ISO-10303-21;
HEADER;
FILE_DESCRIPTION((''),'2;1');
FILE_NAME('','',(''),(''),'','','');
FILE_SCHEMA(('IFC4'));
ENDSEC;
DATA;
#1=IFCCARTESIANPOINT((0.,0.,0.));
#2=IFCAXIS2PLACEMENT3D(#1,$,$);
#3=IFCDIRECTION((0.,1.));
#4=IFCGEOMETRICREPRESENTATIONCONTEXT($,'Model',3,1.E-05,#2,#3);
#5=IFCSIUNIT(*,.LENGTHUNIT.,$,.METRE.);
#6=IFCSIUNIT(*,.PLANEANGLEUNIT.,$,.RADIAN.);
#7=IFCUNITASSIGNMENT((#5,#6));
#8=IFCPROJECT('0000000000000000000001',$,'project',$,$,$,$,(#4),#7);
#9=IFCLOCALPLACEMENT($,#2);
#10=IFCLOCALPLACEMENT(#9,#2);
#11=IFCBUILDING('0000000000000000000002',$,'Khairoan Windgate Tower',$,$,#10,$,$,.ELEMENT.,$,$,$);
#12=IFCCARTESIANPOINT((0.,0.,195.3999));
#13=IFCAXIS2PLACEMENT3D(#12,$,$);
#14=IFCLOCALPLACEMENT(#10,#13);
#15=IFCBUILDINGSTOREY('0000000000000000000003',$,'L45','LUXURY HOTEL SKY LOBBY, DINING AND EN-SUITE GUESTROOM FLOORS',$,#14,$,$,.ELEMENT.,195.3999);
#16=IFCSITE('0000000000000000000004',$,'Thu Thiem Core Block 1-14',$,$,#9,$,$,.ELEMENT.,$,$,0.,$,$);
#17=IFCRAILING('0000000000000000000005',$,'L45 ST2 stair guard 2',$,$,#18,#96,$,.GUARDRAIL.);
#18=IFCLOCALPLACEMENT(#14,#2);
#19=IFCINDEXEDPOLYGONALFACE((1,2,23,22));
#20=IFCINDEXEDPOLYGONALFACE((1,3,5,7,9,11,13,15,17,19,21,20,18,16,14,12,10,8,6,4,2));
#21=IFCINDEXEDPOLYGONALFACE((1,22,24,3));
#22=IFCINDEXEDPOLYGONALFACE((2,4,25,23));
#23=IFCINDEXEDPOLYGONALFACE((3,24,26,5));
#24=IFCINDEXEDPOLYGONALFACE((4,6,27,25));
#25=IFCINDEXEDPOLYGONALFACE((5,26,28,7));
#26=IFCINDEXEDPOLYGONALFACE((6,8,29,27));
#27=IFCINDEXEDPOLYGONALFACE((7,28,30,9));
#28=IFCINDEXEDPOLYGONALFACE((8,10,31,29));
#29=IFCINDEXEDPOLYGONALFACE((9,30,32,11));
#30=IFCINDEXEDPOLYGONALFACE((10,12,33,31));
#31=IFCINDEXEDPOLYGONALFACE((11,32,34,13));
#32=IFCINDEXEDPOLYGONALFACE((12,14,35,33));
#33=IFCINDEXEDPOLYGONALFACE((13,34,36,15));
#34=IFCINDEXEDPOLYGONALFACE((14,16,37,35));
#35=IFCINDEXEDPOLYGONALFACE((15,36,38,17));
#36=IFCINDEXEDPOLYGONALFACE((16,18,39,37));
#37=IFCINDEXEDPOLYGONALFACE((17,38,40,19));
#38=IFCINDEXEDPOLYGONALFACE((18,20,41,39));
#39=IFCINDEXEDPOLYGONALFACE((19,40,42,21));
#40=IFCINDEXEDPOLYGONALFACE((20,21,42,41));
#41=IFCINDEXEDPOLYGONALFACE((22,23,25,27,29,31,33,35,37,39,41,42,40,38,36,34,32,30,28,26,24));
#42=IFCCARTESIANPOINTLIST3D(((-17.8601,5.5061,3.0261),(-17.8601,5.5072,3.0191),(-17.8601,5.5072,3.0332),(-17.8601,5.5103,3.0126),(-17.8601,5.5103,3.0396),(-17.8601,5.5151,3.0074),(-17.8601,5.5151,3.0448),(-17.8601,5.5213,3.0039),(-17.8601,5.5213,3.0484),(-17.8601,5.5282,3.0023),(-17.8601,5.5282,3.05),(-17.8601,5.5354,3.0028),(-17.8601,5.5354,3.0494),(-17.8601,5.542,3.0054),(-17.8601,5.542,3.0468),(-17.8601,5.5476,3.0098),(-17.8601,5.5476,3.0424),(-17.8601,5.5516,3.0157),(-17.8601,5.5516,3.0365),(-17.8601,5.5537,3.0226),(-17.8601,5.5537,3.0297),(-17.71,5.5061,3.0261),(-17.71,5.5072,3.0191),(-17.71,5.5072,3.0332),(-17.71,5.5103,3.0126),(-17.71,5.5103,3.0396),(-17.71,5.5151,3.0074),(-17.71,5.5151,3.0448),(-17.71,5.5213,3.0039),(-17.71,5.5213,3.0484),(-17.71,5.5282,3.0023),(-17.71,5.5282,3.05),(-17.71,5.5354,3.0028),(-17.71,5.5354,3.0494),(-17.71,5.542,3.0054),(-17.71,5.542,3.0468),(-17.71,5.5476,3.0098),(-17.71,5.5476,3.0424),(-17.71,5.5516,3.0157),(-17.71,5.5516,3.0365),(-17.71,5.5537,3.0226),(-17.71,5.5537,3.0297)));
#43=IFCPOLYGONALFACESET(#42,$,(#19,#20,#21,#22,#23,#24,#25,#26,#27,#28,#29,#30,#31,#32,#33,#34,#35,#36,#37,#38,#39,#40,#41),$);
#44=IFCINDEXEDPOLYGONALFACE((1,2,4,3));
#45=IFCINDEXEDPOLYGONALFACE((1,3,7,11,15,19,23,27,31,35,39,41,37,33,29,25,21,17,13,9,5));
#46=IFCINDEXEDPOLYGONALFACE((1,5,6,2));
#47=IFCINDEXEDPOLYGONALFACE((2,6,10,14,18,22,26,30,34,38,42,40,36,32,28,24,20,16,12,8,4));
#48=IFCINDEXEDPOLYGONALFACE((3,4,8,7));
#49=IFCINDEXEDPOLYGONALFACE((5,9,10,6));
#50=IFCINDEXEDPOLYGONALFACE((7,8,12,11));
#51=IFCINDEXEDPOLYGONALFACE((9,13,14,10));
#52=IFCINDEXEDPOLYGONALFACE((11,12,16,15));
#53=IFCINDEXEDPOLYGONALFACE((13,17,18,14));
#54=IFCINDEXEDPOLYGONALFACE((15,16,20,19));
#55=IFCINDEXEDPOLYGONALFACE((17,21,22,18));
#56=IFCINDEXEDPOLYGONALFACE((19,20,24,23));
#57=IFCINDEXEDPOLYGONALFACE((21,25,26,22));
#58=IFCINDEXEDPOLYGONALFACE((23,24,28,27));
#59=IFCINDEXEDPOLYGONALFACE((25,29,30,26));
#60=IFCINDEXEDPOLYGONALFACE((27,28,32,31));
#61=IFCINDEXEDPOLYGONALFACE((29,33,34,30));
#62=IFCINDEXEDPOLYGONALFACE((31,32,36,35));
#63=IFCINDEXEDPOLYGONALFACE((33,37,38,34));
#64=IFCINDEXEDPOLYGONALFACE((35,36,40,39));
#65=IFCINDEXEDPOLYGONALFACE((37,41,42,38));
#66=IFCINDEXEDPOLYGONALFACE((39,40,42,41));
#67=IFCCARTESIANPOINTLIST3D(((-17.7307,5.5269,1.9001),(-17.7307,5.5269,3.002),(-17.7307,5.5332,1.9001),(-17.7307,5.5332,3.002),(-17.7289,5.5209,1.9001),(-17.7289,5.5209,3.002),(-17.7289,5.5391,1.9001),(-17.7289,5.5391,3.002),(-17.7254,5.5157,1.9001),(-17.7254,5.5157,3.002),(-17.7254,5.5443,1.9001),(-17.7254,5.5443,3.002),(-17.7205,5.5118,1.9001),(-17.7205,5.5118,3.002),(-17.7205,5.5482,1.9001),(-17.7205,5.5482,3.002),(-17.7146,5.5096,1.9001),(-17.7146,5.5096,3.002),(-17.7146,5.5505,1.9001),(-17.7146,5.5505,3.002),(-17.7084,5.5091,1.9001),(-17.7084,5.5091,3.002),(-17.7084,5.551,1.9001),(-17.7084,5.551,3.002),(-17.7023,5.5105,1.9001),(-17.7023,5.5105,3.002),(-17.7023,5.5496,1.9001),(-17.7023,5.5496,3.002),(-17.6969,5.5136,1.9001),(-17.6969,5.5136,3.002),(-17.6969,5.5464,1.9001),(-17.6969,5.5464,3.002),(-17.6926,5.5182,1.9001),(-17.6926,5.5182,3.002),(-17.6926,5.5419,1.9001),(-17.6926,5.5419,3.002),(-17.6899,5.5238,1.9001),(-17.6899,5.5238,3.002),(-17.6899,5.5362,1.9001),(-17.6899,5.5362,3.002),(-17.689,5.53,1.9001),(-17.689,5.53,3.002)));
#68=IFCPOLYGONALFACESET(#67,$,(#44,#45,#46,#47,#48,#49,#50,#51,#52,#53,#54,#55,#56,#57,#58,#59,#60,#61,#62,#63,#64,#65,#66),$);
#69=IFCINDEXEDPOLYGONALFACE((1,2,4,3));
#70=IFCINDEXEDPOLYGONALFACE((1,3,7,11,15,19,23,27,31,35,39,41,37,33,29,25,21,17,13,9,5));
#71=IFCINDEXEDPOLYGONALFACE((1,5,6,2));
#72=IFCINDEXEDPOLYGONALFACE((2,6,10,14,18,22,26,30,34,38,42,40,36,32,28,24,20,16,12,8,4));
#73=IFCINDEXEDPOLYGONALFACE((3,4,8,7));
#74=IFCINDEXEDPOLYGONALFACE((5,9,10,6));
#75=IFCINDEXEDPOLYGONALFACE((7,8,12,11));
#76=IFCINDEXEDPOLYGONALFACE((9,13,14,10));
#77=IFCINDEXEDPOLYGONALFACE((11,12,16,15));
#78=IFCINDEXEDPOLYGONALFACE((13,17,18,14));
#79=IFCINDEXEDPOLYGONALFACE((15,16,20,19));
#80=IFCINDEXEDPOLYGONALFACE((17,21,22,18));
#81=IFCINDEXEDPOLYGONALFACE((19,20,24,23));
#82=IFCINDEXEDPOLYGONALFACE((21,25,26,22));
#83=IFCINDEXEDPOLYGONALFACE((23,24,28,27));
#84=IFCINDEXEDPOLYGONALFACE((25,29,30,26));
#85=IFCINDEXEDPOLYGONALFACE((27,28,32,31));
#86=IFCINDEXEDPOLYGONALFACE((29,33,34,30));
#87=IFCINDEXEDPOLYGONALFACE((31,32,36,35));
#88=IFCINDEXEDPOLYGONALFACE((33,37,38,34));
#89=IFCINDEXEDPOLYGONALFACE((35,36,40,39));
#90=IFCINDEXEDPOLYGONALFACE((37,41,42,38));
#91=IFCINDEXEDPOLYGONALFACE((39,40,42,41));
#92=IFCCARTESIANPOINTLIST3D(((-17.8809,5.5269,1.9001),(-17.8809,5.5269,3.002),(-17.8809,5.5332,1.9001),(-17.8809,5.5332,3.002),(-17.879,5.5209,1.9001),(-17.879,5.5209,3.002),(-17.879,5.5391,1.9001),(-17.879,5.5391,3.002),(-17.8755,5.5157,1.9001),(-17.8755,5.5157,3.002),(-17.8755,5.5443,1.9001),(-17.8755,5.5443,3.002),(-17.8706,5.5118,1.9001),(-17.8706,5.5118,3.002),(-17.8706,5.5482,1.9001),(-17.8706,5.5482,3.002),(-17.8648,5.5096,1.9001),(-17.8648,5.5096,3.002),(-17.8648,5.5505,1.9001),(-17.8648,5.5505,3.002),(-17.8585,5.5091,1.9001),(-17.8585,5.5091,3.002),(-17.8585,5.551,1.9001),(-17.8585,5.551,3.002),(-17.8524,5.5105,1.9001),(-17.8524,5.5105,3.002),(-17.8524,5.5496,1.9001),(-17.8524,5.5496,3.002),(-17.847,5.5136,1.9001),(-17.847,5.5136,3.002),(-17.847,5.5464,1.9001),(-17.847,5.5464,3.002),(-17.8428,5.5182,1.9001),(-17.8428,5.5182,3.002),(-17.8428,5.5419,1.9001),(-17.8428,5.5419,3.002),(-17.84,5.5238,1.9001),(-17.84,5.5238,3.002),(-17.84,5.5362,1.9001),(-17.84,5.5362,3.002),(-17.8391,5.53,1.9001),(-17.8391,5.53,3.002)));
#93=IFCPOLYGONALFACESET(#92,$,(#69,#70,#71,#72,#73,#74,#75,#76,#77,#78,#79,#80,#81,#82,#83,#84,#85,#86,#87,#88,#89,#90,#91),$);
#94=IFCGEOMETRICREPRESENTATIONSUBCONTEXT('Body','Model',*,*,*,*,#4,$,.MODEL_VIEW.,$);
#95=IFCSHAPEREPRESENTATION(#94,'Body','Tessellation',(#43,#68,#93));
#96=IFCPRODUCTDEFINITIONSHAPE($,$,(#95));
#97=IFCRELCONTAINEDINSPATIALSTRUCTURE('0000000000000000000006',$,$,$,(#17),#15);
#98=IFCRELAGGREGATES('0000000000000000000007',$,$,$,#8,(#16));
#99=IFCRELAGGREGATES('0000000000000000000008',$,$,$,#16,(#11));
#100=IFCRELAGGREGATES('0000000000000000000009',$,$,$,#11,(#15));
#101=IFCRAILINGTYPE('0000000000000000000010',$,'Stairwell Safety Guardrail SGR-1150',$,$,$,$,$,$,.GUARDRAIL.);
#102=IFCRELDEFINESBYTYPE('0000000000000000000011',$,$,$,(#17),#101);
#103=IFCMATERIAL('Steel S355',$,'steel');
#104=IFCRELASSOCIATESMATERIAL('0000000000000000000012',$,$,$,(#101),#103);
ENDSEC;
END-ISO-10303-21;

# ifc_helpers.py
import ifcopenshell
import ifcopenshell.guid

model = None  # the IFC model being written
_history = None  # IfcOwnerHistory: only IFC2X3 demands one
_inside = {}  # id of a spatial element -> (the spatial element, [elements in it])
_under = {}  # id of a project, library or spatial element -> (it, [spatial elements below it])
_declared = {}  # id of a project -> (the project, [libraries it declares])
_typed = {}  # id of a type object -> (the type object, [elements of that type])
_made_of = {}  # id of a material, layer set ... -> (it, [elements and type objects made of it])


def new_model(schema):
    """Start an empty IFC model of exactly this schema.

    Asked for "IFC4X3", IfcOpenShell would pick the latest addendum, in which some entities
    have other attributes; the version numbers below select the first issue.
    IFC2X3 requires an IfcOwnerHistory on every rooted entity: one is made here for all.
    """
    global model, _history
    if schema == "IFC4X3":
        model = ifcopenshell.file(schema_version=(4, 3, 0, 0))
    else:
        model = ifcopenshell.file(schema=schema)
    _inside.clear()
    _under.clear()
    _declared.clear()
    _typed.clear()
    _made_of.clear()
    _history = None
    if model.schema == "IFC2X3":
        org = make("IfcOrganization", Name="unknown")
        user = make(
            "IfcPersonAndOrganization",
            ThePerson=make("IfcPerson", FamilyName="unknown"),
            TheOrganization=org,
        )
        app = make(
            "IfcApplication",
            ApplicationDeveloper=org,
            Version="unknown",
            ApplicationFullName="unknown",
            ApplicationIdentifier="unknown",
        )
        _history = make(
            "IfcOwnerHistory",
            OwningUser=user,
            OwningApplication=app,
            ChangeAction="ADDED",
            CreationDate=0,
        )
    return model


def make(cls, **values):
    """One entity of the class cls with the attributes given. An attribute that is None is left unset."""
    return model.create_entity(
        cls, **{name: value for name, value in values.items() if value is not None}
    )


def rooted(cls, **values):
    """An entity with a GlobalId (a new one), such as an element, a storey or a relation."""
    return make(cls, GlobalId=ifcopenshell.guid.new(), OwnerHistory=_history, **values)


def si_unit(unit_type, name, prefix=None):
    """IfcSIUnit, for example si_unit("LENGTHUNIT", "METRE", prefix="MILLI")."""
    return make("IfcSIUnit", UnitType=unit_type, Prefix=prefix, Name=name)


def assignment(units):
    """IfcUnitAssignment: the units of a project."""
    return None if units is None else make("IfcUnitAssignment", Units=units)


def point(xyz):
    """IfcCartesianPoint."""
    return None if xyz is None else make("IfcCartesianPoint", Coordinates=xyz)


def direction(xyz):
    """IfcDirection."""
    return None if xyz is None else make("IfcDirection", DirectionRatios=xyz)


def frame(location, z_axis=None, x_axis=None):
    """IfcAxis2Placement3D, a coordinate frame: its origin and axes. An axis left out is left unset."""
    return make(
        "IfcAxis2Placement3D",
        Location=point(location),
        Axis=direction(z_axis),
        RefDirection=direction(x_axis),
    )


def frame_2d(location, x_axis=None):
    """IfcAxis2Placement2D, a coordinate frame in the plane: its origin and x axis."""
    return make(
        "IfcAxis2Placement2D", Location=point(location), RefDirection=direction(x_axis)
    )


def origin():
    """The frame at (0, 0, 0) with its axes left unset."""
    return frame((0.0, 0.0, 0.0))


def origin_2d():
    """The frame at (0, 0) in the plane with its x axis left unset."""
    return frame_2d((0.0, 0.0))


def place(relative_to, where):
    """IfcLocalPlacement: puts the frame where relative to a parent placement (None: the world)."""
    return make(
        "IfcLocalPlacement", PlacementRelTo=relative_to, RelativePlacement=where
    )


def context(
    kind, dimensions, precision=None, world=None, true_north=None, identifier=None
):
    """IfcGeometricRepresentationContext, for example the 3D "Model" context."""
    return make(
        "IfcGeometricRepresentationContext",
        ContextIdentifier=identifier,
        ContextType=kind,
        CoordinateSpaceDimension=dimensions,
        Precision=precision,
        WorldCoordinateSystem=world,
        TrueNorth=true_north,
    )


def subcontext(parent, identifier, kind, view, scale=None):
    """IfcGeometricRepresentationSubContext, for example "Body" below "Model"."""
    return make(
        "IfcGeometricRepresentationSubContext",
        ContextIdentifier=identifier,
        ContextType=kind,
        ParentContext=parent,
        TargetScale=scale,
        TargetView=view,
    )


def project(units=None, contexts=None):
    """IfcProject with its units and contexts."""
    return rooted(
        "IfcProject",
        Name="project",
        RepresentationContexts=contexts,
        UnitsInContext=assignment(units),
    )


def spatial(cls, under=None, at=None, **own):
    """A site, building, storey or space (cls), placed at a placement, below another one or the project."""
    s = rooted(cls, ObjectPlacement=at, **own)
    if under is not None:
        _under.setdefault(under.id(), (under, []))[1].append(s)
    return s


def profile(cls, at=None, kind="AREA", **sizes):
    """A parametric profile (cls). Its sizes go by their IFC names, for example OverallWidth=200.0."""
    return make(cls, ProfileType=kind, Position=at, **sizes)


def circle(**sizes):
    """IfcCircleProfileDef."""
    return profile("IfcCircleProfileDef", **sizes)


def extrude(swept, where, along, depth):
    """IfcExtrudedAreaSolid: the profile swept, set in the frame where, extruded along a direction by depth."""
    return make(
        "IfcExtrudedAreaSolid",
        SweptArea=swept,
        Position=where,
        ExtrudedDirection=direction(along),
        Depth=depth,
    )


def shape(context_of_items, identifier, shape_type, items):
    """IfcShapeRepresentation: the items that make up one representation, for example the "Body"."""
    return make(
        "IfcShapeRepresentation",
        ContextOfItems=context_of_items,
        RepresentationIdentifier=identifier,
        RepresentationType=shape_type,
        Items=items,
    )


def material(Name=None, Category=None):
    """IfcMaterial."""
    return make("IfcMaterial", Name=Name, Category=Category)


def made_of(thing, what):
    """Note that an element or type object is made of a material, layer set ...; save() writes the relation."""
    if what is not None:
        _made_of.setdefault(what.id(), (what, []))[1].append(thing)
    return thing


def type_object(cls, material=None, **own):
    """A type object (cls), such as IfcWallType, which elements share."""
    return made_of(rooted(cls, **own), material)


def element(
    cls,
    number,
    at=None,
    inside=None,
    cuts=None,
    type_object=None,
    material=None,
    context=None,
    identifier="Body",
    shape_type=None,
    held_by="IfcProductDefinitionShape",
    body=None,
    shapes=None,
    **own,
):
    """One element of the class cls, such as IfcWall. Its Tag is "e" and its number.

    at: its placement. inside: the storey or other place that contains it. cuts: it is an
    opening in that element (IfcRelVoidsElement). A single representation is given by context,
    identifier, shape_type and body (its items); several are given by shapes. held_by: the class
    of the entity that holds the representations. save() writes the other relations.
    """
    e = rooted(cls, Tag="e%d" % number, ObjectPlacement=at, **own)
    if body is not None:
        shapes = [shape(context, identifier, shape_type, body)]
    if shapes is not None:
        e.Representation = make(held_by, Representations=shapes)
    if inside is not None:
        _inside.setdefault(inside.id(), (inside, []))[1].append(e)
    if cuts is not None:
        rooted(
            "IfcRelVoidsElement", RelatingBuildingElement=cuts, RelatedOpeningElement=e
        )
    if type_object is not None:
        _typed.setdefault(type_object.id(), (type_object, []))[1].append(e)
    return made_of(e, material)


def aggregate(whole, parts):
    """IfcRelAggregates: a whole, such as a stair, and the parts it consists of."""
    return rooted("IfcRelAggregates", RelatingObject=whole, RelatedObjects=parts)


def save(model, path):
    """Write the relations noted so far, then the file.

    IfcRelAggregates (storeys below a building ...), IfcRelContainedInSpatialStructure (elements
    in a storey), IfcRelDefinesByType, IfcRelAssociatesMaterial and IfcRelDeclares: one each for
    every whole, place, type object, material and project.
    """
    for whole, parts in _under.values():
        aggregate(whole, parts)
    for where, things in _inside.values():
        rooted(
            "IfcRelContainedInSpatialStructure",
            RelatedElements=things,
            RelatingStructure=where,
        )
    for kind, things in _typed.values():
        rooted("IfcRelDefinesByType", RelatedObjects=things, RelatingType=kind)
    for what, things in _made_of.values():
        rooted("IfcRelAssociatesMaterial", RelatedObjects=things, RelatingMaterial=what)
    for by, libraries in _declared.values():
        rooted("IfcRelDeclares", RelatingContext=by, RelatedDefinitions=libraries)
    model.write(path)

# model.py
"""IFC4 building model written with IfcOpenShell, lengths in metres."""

from ifc_helpers import new_model, si_unit, direction, frame, origin, origin_2d, place, context, subcontext, project, spatial, circle, extrude, material, type_object, element, save


model = new_model("IFC4")

# Units and contexts
model_context = context("Model", 3, precision=1e-05, world=origin(), true_north=direction((0.0, 1.0)))
body_context = subcontext(model_context, "Body", "Model", "MODEL_VIEW")
ifc_project = project(units=[si_unit("LENGTHUNIT", "METRE"), si_unit("PLANEANGLEUNIT", "RADIAN")], contexts=[model_context])

# Site, building, storey
site_placement = place(None, origin())
site = spatial("IfcSite", under=ifc_project, at=site_placement, Name="Thu Thiem Core Block 1-14", CompositionType="ELEMENT", RefElevation=0.0)
building_placement = place(site_placement, origin())
building = spatial("IfcBuilding", under=site, at=building_placement, Name="Khairoan Windgate Tower", CompositionType="ELEMENT")
storey_placement = place(building_placement, frame((0.0, 0.0, 195.3999)))
storey = spatial("IfcBuildingStorey", under=building, at=storey_placement, Name="L45", Description="LUXURY HOTEL SKY LOBBY, DINING AND EN-SUITE GUESTROOM FLOORS", CompositionType="ELEMENT", Elevation=195.3999)

# Railing
ifc_material_1 = material(Name="Steel S355", Category="steel")
railing_type_1 = type_object("IfcRailingType", Name="Stairwell Safety Guardrail SGR-1150", PredefinedType="GUARDRAIL", material=ifc_material_1)
railing_1_placement = place(storey_placement, frame((-17.71, 5.53, 1.9001)))
element("IfcRailing", 1, at=railing_1_placement, inside=storey, type_object=railing_type_1, Name="L45 ST2 stair guard 2", PredefinedType="GUARDRAIL", context=body_context, shape_type="SweptSolid", body=[
    extrude(circle(Radius=0.0239, at=origin_2d()), frame((0.0, 0.0, 1.126), z_axis=(-1.0, 0.0, 0.0), x_axis=(0.0, -1.0, 0.0)), (0.0, 0.0, 1.0), 0.1501),
    extrude(circle(Radius=0.021, at=origin_2d()), origin(), (0.0, 0.0, 1.0), 1.1018),
    extrude(circle(Radius=0.021, at=origin_2d()), frame((-0.1501, 0.0, 0.0)), (0.0, 0.0, 1.0), 1.1018),
])

save(model, "model.ifc")
